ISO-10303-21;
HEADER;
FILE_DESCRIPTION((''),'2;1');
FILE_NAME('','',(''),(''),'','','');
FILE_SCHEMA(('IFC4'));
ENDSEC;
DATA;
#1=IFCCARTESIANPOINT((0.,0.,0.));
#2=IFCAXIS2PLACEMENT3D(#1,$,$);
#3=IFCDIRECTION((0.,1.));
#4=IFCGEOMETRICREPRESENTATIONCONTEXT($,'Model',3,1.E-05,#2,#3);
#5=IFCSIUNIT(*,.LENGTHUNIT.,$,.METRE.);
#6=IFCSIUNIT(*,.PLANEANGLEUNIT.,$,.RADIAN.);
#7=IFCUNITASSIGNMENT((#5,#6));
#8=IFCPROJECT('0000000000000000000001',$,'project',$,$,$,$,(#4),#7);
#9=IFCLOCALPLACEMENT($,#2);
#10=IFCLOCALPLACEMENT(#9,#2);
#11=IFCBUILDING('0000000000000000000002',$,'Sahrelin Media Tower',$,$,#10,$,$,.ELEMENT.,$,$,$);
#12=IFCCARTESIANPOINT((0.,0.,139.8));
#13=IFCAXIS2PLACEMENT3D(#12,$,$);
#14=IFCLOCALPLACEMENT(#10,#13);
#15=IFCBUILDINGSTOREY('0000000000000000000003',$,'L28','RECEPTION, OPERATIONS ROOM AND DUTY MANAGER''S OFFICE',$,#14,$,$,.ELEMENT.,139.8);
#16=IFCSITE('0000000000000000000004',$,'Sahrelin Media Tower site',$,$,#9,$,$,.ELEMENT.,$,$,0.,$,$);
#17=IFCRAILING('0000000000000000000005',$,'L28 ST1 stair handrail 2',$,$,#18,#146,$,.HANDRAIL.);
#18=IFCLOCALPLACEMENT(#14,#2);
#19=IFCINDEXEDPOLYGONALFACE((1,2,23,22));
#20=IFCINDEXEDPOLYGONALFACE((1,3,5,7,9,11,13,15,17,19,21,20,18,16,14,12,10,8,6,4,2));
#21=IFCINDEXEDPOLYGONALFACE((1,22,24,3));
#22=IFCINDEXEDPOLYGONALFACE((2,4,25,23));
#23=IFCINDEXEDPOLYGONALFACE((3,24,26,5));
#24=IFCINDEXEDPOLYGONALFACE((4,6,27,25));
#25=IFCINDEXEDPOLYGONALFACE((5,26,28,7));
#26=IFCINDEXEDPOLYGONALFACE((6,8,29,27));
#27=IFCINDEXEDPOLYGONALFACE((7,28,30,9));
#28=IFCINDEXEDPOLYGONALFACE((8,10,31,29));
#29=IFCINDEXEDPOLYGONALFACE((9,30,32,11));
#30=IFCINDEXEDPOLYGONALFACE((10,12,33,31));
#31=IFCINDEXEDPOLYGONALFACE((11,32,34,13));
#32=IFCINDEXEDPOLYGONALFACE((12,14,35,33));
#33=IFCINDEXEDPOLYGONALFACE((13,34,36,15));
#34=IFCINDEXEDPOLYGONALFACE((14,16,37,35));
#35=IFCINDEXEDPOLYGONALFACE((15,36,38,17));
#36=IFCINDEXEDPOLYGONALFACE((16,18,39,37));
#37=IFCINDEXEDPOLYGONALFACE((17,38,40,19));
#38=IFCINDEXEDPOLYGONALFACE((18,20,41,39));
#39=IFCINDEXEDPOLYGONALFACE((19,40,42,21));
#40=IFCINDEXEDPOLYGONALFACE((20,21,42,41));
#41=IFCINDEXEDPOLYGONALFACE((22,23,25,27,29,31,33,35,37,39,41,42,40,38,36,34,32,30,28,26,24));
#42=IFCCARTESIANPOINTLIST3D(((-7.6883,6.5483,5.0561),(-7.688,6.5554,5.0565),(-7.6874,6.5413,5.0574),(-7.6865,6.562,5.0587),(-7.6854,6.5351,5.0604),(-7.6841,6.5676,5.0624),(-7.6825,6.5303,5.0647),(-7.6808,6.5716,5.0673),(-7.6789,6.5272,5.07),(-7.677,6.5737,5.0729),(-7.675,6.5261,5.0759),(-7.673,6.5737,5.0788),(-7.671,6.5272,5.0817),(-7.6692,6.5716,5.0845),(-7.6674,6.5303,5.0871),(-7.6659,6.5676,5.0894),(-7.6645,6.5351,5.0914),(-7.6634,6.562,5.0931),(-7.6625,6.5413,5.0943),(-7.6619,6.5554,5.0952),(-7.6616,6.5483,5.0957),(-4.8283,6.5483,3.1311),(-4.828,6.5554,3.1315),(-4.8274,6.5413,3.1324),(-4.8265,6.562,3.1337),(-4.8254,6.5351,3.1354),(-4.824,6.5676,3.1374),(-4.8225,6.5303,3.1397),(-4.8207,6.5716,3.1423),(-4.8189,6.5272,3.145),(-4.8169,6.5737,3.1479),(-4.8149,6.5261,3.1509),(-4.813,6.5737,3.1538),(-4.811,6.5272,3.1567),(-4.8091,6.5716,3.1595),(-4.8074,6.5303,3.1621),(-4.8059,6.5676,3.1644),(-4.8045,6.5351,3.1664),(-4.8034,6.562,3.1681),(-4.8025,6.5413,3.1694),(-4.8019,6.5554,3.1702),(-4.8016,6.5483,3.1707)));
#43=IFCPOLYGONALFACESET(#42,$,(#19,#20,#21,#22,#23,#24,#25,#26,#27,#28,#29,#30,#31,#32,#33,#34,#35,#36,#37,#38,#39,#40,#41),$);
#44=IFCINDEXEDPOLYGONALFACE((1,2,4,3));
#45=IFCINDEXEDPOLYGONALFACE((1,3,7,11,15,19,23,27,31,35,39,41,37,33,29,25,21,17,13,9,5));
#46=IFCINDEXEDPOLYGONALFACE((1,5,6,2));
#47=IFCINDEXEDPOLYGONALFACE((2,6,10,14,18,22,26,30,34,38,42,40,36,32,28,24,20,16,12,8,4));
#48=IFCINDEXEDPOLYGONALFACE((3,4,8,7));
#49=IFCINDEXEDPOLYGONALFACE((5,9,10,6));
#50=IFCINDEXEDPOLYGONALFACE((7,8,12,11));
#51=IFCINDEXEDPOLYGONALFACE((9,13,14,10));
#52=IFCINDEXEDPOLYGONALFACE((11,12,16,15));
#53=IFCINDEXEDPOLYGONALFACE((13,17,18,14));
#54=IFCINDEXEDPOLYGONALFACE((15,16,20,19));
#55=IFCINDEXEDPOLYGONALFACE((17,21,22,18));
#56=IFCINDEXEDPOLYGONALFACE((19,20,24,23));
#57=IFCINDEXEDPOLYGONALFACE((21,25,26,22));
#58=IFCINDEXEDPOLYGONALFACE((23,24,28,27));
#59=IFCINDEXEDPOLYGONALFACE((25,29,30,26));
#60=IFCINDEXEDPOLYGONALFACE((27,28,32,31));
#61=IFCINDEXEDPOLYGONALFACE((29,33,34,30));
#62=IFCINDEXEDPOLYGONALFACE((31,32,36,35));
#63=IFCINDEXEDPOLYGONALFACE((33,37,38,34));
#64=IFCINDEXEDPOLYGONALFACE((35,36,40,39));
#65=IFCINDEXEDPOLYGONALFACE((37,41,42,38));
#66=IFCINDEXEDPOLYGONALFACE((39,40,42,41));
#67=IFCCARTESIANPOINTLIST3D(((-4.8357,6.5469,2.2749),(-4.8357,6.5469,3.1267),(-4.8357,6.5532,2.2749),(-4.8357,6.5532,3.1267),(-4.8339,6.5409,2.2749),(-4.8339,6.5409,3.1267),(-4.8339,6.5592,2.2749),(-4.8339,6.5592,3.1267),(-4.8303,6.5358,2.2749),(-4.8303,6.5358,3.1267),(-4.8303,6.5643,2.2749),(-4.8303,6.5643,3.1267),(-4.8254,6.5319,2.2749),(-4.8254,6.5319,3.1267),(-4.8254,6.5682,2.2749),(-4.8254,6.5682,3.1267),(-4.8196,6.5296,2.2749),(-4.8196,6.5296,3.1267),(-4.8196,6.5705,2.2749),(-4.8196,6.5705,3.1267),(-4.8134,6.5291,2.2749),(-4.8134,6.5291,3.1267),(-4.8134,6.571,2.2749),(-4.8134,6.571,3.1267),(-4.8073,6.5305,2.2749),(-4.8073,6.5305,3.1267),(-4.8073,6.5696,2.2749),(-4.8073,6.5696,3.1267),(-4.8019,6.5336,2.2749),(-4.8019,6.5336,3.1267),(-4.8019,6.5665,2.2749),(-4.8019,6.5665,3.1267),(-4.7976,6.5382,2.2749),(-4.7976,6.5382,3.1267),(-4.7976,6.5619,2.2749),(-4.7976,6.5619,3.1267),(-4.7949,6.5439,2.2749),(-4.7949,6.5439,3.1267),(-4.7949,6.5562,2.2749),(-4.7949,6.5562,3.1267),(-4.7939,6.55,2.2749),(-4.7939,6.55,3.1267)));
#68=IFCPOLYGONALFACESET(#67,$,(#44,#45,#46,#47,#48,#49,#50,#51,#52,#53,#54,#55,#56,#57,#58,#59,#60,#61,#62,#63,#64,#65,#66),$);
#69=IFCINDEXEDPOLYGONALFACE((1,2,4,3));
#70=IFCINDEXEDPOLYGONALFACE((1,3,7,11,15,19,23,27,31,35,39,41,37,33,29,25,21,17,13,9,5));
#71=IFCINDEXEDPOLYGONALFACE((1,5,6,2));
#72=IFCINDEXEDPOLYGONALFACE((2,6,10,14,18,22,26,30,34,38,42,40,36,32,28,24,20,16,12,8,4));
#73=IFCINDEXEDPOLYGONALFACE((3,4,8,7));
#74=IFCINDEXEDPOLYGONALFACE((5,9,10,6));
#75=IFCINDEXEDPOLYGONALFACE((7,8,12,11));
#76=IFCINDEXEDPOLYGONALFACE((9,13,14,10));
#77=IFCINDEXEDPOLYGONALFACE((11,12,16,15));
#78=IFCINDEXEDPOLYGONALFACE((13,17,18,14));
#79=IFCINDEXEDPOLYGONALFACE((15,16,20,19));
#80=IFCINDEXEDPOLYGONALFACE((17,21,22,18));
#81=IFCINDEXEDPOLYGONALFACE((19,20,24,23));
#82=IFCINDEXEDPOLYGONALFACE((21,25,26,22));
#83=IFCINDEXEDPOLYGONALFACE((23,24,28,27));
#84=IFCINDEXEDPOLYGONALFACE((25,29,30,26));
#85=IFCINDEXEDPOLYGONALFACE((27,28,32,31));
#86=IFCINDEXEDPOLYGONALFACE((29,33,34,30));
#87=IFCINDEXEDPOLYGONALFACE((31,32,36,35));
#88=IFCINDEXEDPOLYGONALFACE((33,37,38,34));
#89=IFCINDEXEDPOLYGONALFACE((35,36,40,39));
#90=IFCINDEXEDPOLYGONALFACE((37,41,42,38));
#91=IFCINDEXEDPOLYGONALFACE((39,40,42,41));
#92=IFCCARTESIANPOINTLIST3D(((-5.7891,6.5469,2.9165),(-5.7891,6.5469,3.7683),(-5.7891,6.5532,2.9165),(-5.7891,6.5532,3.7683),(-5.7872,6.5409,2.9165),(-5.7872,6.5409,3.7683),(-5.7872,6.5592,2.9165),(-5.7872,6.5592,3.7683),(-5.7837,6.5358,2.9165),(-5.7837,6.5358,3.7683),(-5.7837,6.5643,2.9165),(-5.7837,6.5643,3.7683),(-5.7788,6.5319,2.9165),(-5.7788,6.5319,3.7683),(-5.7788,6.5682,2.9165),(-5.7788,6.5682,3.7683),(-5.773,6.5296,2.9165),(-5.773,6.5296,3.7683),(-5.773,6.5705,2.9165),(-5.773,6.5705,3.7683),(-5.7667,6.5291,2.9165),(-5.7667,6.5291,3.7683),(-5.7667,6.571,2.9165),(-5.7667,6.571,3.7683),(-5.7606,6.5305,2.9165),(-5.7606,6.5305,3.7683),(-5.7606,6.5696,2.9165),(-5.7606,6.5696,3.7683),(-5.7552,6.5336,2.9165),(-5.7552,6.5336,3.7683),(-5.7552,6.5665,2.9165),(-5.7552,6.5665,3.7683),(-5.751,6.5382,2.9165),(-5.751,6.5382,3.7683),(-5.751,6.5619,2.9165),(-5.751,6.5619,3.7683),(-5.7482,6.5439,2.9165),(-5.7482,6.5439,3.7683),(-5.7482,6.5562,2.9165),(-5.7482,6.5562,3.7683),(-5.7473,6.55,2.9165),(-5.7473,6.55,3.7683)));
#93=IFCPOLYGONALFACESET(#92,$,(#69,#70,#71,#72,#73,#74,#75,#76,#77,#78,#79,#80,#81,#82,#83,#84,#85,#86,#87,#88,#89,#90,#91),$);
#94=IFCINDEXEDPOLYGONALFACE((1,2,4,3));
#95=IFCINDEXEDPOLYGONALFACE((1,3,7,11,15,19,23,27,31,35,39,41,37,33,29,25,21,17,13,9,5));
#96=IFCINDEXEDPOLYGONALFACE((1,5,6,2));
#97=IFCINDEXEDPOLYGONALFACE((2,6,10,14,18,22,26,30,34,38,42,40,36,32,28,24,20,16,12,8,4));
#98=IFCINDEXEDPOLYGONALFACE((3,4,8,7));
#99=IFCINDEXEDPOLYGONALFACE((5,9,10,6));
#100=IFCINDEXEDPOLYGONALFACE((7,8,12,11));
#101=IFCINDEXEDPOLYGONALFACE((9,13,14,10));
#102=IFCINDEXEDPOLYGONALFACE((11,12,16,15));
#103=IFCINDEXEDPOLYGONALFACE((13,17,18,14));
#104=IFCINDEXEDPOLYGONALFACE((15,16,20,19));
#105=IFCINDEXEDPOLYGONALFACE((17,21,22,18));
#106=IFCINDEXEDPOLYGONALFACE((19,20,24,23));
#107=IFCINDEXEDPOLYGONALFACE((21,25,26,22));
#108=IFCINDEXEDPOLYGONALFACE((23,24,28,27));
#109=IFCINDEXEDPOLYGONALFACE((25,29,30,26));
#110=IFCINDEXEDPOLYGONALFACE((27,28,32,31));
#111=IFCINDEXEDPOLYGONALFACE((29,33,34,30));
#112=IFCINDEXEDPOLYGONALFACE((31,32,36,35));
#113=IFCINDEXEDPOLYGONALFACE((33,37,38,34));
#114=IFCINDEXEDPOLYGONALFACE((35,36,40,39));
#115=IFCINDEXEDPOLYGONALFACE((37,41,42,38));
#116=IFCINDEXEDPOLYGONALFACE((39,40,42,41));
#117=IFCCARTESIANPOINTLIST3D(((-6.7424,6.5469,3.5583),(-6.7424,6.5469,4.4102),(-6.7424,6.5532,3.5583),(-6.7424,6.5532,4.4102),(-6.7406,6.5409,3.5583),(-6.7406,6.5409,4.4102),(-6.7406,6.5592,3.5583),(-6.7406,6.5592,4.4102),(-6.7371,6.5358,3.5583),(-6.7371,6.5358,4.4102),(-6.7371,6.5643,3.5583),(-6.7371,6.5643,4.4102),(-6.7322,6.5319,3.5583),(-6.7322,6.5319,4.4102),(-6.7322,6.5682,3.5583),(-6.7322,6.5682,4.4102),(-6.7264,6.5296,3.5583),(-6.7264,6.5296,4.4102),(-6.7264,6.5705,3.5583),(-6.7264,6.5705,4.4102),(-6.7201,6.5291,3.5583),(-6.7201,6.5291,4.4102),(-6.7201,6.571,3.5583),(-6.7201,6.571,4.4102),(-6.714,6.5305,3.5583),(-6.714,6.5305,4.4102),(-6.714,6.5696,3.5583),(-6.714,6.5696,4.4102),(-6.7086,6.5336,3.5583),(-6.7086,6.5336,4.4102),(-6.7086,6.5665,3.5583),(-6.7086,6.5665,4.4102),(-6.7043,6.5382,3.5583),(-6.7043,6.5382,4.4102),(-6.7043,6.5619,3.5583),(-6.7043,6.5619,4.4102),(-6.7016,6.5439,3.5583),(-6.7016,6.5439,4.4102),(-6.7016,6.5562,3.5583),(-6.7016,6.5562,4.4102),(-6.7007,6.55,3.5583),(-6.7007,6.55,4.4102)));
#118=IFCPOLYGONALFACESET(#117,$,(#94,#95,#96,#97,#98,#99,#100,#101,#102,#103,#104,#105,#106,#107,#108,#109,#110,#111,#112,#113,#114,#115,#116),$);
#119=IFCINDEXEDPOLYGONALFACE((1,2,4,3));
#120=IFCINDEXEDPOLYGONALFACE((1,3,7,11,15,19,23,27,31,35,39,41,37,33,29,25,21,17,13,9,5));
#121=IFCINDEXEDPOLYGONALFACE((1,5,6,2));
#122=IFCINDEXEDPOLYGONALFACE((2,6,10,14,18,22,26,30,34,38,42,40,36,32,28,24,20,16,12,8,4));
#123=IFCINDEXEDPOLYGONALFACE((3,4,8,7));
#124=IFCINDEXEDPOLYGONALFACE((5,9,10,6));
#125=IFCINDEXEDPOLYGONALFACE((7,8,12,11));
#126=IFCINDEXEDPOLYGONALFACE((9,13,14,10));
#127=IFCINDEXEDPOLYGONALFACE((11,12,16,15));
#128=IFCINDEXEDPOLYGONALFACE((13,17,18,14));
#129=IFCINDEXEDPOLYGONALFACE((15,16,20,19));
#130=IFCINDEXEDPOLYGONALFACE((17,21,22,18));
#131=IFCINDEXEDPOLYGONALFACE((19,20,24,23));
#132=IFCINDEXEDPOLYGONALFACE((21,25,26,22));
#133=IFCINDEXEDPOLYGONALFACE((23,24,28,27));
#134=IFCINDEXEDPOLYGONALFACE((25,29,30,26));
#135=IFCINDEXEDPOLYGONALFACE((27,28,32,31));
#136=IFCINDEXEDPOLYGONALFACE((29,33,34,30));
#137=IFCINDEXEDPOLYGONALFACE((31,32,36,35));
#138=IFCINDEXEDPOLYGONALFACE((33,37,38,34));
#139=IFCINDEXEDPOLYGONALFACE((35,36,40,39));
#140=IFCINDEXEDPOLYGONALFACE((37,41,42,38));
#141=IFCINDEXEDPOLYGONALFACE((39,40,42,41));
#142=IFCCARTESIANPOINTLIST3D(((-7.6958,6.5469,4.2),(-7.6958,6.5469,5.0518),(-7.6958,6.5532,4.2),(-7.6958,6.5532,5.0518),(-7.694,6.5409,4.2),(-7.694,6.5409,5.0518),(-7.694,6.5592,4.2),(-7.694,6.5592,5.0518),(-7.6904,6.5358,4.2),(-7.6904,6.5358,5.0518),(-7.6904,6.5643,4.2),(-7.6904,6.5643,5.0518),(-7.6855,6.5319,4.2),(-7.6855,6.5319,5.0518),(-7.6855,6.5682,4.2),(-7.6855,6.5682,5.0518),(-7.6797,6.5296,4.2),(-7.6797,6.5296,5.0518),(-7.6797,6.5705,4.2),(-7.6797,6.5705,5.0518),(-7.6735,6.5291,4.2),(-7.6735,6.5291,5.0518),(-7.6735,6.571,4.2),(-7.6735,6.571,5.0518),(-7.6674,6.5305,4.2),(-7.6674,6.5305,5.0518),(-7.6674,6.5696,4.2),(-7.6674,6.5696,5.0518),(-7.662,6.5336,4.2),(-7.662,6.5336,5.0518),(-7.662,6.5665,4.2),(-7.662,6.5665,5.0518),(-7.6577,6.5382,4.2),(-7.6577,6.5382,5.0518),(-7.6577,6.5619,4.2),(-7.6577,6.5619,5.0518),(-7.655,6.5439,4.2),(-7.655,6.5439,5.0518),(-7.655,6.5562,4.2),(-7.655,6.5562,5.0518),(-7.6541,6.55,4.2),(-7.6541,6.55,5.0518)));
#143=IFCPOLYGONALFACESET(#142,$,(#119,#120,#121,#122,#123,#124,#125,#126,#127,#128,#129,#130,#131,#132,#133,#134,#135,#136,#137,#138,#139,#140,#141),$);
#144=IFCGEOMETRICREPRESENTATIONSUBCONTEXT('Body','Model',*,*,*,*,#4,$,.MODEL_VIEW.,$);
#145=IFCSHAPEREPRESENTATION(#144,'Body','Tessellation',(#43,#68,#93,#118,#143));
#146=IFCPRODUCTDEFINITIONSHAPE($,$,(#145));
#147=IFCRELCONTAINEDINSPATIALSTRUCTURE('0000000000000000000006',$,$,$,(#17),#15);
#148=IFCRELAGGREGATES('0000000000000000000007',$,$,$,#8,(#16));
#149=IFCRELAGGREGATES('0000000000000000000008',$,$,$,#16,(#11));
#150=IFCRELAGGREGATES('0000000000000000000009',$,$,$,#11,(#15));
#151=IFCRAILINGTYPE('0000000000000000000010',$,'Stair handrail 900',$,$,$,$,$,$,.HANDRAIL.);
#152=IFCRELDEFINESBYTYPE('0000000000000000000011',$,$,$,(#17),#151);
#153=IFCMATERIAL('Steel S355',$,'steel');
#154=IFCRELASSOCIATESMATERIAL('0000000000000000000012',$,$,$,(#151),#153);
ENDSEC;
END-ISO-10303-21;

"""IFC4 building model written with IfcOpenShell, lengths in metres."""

from ifc_helpers import new_model, si_unit, direction, frame, origin, origin_2d, place, context, subcontext, project, spatial, circle, extrude, material, type_object, element, save


model = new_model("IFC4")

# Units and contexts
model_context = context("Model", 3, precision=1e-05, world=origin(), true_north=direction((0.0, 1.0)))
body_context = subcontext(model_context, "Body", "Model", "MODEL_VIEW")
ifc_project = project(units=[si_unit("LENGTHUNIT", "METRE"), si_unit("PLANEANGLEUNIT", "RADIAN")], contexts=[model_context])

# Site, building, storey
site_placement = place(None, origin())
site = spatial("IfcSite", under=ifc_project, at=site_placement, Name="Sahrelin Media Tower site", CompositionType="ELEMENT", RefElevation=0.0)
building_placement = place(site_placement, origin())
building = spatial("IfcBuilding", under=site, at=building_placement, Name="Sahrelin Media Tower", CompositionType="ELEMENT")
storey_placement = place(building_placement, frame((0.0, 0.0, 139.8)))
storey = spatial("IfcBuildingStorey", under=building, at=storey_placement, Name="L28", Description="RECEPTION, OPERATIONS ROOM AND DUTY MANAGER'S OFFICE", CompositionType="ELEMENT", Elevation=139.8)

# Shared definitions
ifc_material_1 = material(Name="Steel S355", Category="steel")

# Railing
railing_type_1 = type_object("IfcRailingType", Name="Stair handrail 900", PredefinedType="HANDRAIL", material=ifc_material_1)
railing_1_placement = place(storey_placement, frame((-4.8149, 6.55, 2.2749)))
element("IfcRailing", 1, at=railing_1_placement, inside=storey, type_object=railing_type_1, Name="L28 ST1 stair handrail 2", PredefinedType="HANDRAIL", context=body_context, shape_type="SweptSolid", body=[
    extrude(circle(Radius=0.0239, at=origin_2d()), frame((0.0, 0.0, 0.876), z_axis=(-0.829591, 0.0, 0.558372), x_axis=(0.0, -1.0, 0.0)), (0.0, 0.0, 1.0), 3.4475),
    extrude(circle(Radius=0.021, at=origin_2d()), origin(), (0.0, 0.0, 1.0), 0.8518),
    extrude(circle(Radius=0.021, at=origin_2d()), frame((-0.9534, 0.0, 0.6416)), (0.0, 0.0, 1.0), 0.8518),
    extrude(circle(Radius=0.021, at=origin_2d()), frame((-1.9067, 0.0, 1.2834)), (0.0, 0.0, 1.0), 0.8518),
    extrude(circle(Radius=0.021, at=origin_2d()), frame((-2.8601, 0.0, 1.925)), (0.0, 0.0, 1.0), 0.8518),
])

save(model, "model.ifc")
